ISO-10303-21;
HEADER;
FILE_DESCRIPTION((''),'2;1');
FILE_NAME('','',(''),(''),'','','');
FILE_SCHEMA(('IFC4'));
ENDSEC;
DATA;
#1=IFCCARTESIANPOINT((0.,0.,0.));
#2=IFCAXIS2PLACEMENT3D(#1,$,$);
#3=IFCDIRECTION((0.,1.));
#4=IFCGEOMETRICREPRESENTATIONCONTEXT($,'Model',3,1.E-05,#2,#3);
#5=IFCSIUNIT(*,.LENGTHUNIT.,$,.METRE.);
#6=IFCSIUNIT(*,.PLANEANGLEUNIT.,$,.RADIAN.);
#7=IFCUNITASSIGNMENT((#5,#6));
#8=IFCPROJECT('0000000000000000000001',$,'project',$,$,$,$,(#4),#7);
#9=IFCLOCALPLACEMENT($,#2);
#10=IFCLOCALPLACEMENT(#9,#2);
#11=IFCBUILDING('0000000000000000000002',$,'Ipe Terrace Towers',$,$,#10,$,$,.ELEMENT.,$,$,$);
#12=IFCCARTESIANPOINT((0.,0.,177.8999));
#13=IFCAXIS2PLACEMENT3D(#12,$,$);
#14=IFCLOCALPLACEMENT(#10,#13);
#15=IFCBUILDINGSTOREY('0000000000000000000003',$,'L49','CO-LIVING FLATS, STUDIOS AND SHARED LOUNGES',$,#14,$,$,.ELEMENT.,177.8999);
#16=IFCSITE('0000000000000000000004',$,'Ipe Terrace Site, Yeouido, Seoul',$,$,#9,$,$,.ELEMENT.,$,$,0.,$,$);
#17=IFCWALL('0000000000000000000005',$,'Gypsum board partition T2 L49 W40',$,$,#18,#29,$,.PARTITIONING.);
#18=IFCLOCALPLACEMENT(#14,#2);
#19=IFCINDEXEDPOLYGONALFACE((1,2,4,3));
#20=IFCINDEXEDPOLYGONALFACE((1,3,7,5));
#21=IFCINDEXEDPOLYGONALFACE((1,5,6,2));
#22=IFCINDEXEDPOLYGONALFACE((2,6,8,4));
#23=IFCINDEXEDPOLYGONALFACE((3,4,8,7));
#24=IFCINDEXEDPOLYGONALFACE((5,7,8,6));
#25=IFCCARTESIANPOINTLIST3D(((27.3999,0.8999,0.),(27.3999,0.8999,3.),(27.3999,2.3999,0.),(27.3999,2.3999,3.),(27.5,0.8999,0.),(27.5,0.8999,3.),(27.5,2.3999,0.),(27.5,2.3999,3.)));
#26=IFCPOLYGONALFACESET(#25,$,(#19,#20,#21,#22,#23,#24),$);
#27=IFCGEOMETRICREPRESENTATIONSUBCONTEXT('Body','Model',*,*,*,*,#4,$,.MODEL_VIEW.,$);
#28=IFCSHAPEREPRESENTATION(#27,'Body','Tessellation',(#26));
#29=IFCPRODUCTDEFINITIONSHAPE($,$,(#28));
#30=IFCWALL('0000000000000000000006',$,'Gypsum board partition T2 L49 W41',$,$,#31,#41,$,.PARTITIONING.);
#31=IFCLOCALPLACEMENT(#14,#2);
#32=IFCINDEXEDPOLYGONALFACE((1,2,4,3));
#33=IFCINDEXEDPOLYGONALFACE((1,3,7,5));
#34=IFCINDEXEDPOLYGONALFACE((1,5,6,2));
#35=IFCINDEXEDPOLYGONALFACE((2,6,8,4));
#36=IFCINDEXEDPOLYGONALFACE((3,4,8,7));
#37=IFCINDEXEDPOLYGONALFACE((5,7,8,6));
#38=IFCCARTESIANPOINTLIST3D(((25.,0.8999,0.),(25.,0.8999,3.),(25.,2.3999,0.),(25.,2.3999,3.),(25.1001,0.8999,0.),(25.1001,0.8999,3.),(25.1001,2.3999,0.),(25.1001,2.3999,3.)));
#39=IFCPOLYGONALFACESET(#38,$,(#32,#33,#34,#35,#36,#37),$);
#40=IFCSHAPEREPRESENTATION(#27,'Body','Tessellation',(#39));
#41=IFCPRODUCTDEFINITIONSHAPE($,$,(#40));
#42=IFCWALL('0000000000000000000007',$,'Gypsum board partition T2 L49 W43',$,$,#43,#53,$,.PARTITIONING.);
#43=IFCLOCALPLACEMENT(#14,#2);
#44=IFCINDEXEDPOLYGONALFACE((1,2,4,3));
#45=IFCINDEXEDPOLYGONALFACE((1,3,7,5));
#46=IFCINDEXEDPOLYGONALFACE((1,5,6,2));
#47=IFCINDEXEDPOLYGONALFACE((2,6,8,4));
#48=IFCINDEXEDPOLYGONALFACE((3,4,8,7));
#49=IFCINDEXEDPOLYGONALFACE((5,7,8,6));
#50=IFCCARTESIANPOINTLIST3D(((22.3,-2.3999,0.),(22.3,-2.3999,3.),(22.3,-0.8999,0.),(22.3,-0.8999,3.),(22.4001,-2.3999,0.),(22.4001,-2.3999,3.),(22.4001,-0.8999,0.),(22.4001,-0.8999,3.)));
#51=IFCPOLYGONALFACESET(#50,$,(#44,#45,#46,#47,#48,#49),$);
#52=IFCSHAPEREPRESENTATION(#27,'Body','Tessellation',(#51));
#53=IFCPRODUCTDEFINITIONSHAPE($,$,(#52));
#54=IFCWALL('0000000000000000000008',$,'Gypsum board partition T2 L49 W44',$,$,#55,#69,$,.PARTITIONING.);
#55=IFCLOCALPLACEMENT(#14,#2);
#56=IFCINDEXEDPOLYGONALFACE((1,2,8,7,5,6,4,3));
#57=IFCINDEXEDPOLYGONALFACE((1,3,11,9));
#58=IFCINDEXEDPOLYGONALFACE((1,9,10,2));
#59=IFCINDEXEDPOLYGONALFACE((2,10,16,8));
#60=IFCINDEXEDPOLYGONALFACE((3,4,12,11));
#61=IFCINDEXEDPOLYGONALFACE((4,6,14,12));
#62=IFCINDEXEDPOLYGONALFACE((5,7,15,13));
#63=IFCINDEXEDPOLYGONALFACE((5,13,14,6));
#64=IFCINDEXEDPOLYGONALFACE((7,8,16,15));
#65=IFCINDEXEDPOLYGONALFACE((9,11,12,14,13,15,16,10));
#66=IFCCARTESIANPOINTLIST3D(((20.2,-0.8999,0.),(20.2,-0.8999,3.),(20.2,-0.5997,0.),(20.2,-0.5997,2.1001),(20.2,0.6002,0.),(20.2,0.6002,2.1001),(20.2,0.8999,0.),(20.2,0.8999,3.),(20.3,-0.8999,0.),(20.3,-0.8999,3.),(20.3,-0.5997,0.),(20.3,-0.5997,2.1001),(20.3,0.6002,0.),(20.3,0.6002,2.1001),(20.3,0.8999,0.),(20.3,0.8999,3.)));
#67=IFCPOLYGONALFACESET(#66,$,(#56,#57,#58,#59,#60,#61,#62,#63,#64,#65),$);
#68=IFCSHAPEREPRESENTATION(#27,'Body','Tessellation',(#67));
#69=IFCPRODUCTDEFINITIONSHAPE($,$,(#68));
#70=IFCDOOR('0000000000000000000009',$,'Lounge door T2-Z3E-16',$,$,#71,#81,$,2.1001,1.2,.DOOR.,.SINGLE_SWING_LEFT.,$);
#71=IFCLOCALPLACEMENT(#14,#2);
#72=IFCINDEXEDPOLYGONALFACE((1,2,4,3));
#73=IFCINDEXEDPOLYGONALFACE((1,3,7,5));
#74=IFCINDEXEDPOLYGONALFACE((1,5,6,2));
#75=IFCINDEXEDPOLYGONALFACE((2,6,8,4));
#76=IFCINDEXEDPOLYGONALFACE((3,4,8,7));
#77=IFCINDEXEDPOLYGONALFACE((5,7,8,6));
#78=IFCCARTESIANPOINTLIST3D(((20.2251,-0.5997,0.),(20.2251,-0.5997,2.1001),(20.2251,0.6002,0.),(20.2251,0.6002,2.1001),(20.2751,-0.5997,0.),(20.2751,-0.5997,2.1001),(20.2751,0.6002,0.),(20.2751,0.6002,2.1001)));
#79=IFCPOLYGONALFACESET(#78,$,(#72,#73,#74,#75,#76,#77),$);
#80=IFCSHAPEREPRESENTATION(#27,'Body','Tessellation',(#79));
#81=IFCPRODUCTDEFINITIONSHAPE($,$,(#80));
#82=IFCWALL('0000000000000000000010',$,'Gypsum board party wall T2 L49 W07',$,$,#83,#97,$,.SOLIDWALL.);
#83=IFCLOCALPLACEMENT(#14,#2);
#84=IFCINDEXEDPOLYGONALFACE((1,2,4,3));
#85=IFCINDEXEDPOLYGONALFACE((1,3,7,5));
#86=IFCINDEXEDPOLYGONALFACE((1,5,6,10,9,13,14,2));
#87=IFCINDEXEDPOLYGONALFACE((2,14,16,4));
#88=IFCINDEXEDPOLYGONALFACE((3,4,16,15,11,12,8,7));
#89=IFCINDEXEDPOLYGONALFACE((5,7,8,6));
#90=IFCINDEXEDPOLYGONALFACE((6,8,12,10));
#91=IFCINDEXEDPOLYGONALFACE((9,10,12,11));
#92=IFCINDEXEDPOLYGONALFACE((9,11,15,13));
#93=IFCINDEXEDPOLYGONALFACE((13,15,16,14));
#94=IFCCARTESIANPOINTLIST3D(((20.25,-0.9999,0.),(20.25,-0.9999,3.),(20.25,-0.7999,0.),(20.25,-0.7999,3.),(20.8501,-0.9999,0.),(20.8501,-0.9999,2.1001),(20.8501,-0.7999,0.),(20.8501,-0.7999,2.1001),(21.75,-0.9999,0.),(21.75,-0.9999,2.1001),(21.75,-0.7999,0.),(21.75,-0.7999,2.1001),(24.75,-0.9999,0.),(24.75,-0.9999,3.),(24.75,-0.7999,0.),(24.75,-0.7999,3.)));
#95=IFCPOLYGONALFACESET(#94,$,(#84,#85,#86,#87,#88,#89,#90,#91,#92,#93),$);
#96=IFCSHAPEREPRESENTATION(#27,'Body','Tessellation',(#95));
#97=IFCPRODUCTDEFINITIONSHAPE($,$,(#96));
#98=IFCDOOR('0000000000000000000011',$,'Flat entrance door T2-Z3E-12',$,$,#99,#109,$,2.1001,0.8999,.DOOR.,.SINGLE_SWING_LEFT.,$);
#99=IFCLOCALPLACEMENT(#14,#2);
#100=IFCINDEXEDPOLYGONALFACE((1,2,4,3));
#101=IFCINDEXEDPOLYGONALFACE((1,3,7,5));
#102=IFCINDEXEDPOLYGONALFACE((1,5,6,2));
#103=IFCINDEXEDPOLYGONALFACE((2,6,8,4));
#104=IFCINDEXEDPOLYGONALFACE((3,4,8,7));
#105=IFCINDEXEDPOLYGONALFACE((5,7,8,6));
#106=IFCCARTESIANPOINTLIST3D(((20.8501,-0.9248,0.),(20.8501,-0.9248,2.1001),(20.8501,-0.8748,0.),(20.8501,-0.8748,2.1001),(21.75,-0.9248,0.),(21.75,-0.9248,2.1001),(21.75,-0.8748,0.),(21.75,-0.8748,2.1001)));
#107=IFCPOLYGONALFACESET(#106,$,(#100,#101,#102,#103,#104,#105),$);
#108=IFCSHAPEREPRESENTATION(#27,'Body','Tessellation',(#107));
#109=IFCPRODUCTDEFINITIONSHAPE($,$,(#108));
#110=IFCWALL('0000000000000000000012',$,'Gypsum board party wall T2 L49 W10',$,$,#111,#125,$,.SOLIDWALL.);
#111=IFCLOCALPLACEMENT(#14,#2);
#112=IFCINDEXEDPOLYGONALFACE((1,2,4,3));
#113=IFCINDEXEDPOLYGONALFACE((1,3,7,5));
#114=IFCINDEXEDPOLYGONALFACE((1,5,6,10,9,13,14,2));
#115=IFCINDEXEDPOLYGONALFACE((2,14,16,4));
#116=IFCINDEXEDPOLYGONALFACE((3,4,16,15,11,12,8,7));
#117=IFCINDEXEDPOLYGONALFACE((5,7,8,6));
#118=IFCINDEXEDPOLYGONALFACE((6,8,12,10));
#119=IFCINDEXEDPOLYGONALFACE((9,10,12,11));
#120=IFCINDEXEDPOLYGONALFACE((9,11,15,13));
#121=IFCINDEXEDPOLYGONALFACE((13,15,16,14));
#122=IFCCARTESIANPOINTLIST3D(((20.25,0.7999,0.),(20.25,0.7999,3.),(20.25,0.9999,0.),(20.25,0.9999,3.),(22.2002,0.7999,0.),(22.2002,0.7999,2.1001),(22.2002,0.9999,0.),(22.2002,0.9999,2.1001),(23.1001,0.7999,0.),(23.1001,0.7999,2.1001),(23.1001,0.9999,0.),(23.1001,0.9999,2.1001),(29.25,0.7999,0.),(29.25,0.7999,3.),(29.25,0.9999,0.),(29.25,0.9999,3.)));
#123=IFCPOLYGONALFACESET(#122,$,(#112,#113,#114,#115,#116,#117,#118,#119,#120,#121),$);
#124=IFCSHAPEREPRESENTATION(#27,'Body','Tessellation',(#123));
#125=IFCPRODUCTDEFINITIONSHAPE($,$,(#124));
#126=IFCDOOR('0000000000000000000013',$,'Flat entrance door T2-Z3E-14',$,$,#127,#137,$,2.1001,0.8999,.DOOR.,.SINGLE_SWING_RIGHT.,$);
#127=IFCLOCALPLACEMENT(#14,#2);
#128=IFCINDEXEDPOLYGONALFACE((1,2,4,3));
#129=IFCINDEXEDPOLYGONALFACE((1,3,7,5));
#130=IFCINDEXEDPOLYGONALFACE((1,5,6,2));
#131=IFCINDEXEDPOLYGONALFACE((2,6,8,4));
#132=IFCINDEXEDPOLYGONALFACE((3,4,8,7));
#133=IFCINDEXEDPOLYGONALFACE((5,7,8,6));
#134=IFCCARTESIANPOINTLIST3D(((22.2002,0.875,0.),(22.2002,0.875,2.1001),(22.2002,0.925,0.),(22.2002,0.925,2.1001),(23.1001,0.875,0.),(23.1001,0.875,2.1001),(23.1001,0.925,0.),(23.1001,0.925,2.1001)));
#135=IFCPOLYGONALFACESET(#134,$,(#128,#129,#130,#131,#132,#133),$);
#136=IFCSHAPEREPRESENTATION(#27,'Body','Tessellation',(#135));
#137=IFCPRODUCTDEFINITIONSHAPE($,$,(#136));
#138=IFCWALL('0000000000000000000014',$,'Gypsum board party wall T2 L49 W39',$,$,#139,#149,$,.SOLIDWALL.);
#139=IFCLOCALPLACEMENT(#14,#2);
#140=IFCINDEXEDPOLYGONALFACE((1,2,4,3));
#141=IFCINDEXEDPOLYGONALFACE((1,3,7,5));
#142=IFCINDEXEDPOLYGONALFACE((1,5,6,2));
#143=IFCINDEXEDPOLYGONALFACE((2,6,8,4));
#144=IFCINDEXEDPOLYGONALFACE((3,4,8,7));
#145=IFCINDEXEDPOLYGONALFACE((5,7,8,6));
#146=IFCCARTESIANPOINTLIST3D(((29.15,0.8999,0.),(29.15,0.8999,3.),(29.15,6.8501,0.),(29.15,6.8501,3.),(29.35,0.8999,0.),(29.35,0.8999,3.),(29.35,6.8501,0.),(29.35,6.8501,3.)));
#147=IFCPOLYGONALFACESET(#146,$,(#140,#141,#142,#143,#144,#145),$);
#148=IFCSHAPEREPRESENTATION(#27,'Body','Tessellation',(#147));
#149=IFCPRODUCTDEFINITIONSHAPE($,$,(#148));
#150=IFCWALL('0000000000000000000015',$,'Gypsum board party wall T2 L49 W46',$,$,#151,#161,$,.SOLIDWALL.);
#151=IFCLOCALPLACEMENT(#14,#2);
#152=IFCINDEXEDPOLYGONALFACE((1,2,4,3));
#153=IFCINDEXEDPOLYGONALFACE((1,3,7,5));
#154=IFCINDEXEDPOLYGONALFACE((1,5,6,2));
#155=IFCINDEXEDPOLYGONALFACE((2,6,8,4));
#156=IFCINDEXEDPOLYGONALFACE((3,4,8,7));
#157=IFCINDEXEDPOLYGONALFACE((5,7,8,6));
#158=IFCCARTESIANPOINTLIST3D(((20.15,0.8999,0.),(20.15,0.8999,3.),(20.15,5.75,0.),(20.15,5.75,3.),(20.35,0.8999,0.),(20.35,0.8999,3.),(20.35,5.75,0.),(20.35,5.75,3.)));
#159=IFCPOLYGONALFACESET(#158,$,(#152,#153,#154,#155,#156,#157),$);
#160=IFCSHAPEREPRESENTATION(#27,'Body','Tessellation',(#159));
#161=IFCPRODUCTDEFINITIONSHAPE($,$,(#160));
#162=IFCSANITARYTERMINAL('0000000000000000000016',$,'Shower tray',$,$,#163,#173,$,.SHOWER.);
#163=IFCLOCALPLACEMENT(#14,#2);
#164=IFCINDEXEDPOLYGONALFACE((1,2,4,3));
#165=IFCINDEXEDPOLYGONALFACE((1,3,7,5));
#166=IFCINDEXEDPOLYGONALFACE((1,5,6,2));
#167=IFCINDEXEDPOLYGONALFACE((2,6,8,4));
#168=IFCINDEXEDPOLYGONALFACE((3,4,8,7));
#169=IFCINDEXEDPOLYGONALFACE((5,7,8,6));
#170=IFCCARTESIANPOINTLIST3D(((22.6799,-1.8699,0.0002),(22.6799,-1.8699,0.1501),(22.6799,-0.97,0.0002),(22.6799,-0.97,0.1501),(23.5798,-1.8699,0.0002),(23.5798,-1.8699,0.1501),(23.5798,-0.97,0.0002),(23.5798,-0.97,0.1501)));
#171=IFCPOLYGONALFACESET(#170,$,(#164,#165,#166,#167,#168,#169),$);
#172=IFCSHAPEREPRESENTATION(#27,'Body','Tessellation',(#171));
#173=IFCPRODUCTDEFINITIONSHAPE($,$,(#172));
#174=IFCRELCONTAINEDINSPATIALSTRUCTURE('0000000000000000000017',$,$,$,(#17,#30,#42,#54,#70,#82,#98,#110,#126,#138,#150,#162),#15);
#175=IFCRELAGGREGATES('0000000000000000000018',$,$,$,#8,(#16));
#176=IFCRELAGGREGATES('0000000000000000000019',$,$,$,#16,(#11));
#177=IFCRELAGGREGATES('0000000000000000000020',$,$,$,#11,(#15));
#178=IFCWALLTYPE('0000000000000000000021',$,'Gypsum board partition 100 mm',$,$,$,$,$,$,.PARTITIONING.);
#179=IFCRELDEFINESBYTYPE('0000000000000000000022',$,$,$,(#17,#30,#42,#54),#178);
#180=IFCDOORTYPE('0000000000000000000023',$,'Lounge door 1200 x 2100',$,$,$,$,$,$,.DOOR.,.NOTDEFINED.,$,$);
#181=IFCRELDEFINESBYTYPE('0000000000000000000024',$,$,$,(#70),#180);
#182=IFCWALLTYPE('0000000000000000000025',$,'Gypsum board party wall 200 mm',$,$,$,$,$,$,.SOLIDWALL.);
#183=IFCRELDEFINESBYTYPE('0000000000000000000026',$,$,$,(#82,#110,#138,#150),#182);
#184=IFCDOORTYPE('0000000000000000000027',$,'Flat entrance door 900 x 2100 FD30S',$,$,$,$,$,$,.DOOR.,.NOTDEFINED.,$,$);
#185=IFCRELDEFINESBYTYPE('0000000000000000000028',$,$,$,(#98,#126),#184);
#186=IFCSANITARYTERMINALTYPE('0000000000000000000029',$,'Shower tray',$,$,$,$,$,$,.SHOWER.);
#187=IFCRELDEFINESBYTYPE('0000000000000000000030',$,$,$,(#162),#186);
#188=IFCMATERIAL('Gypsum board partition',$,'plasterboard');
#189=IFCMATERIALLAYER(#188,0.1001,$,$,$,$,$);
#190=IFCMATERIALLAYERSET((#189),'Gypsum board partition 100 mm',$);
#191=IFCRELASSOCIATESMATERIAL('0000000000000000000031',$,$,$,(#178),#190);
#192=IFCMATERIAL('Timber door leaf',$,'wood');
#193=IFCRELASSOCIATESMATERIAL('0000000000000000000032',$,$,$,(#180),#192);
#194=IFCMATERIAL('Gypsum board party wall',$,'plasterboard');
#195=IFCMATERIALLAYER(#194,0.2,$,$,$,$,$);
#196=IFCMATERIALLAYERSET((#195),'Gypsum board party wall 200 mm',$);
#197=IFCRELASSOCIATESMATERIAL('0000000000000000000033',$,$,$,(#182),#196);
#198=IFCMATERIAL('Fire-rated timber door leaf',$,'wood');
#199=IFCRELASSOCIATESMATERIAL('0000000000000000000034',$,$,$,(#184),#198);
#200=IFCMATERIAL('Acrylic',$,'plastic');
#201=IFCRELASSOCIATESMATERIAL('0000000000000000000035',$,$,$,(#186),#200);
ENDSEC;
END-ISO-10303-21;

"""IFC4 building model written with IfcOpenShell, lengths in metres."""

from ifc_helpers import new_model, si_unit, direction, frame, frame_2d, origin, origin_2d, place, context, subcontext, project, spatial, rectangle, extrude, material, layer, layer_set, type_object, element, fill, save


model = new_model("IFC4")

# Units and contexts
model_context = context("Model", 3, precision=1e-05, world=origin(), true_north=direction((0.0, 1.0)))
body_context = subcontext(model_context, "Body", "Model", "MODEL_VIEW")
ifc_project = project(units=[si_unit("LENGTHUNIT", "METRE"), si_unit("PLANEANGLEUNIT", "RADIAN")], contexts=[model_context])

# Site, building, storey
site_placement = place(None, origin())
site = spatial("IfcSite", under=ifc_project, at=site_placement, Name="Ipe Terrace Site, Yeouido, Seoul", CompositionType="ELEMENT", RefElevation=0.0)
building_placement = place(site_placement, origin())
building = spatial("IfcBuilding", under=site, at=building_placement, Name="Ipe Terrace Towers", CompositionType="ELEMENT")
storey_placement = place(building_placement, frame((0.0, 0.0, 177.8999)))
storey = spatial("IfcBuildingStorey", under=building, at=storey_placement, Name="L49", Description="CO-LIVING FLATS, STUDIOS AND SHARED LOUNGES", CompositionType="ELEMENT", Elevation=177.8999)

# Shared definitions
ifc_material_1 = material(Name="Gypsum board partition", Category="plasterboard")
ifc_layer_1 = layer(ifc_material_1, 0.1001)
ifc_layer_set_1 = layer_set([ifc_layer_1], Name="Gypsum board partition 100 mm")
wall_type_1 = type_object("IfcWallType", Name="Gypsum board partition 100 mm", PredefinedType="PARTITIONING", material=ifc_layer_set_1)

# Walls
for number, where, z_axis, x_axis, name in (
    (1, (27.45, 0.8999, 0.0), (0.0, 0.0, 1.0), (0.0, 1.0, 0.0), "Gypsum board partition T2 L49 W40"),
    (2, (25.05, 0.8999, 0.0), (0.0, 0.0, 1.0), (0.0, 1.0, 0.0), "Gypsum board partition T2 L49 W41"),
    (3, (22.3501, -2.3999, 0.0), (0.0, 0.0, 1.0), (0.0, 1.0, 0.0), "Gypsum board partition T2 L49 W43"),
):
    element("IfcWall", number, at=place(storey_placement, frame(where, z_axis=z_axis, x_axis=x_axis)), inside=storey, type_object=wall_type_1, Name=name, PredefinedType="PARTITIONING", context=body_context, shape_type="SweptSolid", body=[
        extrude(rectangle(XDim=1.5, YDim=0.1001, at=frame_2d((0.75, 0.0))), origin(), (0.0, 0.0, 1.0), 3.0),
    ])

# Walls, openings, doors
wall_1_placement = place(storey_placement, frame((20.25, -0.8999, 0.0), z_axis=(0.0, 0.0, 1.0), x_axis=(0.0, 1.0, 0.0)))
wall_1 = element("IfcWall", 4, at=wall_1_placement, inside=storey, type_object=wall_type_1, Name="Gypsum board partition T2 L49 W44", PredefinedType="PARTITIONING", context=body_context, shape_type="SweptSolid", body=[
    extrude(rectangle(XDim=1.7998, YDim=0.1001, at=frame_2d((0.8999, 0.0))), origin(), (0.0, 0.0, 1.0), 3.0),
])
opening_1_placement = place(wall_1_placement, frame((0.3, 0.0, 0.0)))
opening_1 = element("IfcOpeningElement", 5, at=opening_1_placement, cuts=wall_1, PredefinedType="OPENING", context=body_context, shape_type="SweptSolid", body=[
    extrude(rectangle(XDim=1.2, YDim=2.1001, at=frame_2d((0.6001, 1.05))), frame((0.0, 0.0601, 0.0), z_axis=(0.0, -1.0, 0.0), x_axis=(1.0, 0.0, 0.0)), (0.0, 0.0, 1.0), 0.1201),
])
ifc_material_2 = material(Name="Timber door leaf", Category="wood")
door_type_1 = type_object("IfcDoorType", Name="Lounge door 1200 x 2100", OperationType="NOTDEFINED", PredefinedType="DOOR", material=ifc_material_2)
door_1_placement = place(opening_1_placement, origin())
door_1 = element("IfcDoor", 6, at=door_1_placement, inside=storey, type_object=door_type_1, Name="Lounge door T2-Z3E-16", OperationType="SINGLE_SWING_LEFT", OverallHeight=2.1001, OverallWidth=1.2, PredefinedType="DOOR", context=body_context, shape_type="SweptSolid", body=[
    extrude(rectangle(XDim=1.2, YDim=2.1001, at=frame_2d((0.6001, 1.05))), frame((0.0, 0.0249, 0.0), z_axis=(0.0, -1.0, 0.0), x_axis=(1.0, 0.0, 0.0)), (0.0, 0.0, 1.0), 0.05),
])
fill(opening_1, door_1)
ifc_material_3 = material(Name="Gypsum board party wall", Category="plasterboard")
ifc_layer_2 = layer(ifc_material_3, 0.2)
ifc_layer_set_2 = layer_set([ifc_layer_2], Name="Gypsum board party wall 200 mm")
wall_type_2 = type_object("IfcWallType", Name="Gypsum board party wall 200 mm", PredefinedType="SOLIDWALL", material=ifc_layer_set_2)
wall_2_placement = place(storey_placement, frame((24.75, -0.8999, 0.0), z_axis=(0.0, 0.0, 1.0), x_axis=(-1.0, 0.0, 0.0)))
wall_2 = element("IfcWall", 7, at=wall_2_placement, inside=storey, type_object=wall_type_2, Name="Gypsum board party wall T2 L49 W07", PredefinedType="SOLIDWALL", context=body_context, shape_type="SweptSolid", body=[
    extrude(rectangle(XDim=4.5, YDim=0.2, at=frame_2d((2.25, 0.0))), origin(), (0.0, 0.0, 1.0), 3.0),
])
opening_2_placement = place(wall_2_placement, frame((3.0, 0.0, 0.0)))
opening_2 = element("IfcOpeningElement", 8, at=opening_2_placement, cuts=wall_2, PredefinedType="OPENING", context=body_context, shape_type="SweptSolid", body=[
    extrude(rectangle(XDim=0.8999, YDim=2.1001, at=frame_2d((0.45, 1.05))), frame((0.0, 0.1099, 0.0), z_axis=(0.0, -1.0, 0.0), x_axis=(1.0, 0.0, 0.0)), (0.0, 0.0, 1.0), 0.22),
])
ifc_material_4 = material(Name="Fire-rated timber door leaf", Category="wood")
door_type_2 = type_object("IfcDoorType", Name="Flat entrance door 900 x 2100 FD30S", OperationType="NOTDEFINED", PredefinedType="DOOR", material=ifc_material_4)
door_2_placement = place(opening_2_placement, origin())
door_2 = element("IfcDoor", 9, at=door_2_placement, inside=storey, type_object=door_type_2, Name="Flat entrance door T2-Z3E-12", OperationType="SINGLE_SWING_LEFT", OverallHeight=2.1001, OverallWidth=0.8999, PredefinedType="DOOR", context=body_context, shape_type="SweptSolid", body=[
    extrude(rectangle(XDim=0.8999, YDim=2.1001, at=frame_2d((0.45, 1.05))), frame((0.0, 0.0249, 0.0), z_axis=(0.0, -1.0, 0.0), x_axis=(1.0, 0.0, 0.0)), (0.0, 0.0, 1.0), 0.05),
])
fill(opening_2, door_2)
wall_3_placement = place(storey_placement, frame((29.25, 0.8999, 0.0), z_axis=(0.0, 0.0, 1.0), x_axis=(-1.0, 0.0, 0.0)))
wall_3 = element("IfcWall", 10, at=wall_3_placement, inside=storey, type_object=wall_type_2, Name="Gypsum board party wall T2 L49 W10", PredefinedType="SOLIDWALL", context=body_context, shape_type="SweptSolid", body=[
    extrude(rectangle(XDim=9.0, YDim=0.2, at=frame_2d((4.5, 0.0))), origin(), (0.0, 0.0, 1.0), 3.0),
])
opening_3_placement = place(wall_3_placement, frame((6.1499, 0.0, 0.0)))
opening_3 = element("IfcOpeningElement", 11, at=opening_3_placement, cuts=wall_3, PredefinedType="OPENING", context=body_context, shape_type="SweptSolid", body=[
    extrude(rectangle(XDim=0.8999, YDim=2.1001, at=frame_2d((0.45, 1.05))), frame((0.0, 0.1099, 0.0), z_axis=(0.0, -1.0, 0.0), x_axis=(1.0, 0.0, 0.0)), (0.0, 0.0, 1.0), 0.22),
])
door_3_placement = place(opening_3_placement, origin())
door_3 = element("IfcDoor", 12, at=door_3_placement, inside=storey, type_object=door_type_2, Name="Flat entrance door T2-Z3E-14", OperationType="SINGLE_SWING_RIGHT", OverallHeight=2.1001, OverallWidth=0.8999, PredefinedType="DOOR", context=body_context, shape_type="SweptSolid", body=[
    extrude(rectangle(XDim=0.8999, YDim=2.1001, at=frame_2d((0.45, 1.05))), frame((0.0, 0.0249, 0.0), z_axis=(0.0, -1.0, 0.0), x_axis=(1.0, 0.0, 0.0)), (0.0, 0.0, 1.0), 0.05),
])
fill(opening_3, door_3)

# Walls
wall_4_placement = place(storey_placement, frame((29.25, 0.8999, 0.0), z_axis=(0.0, 0.0, 1.0), x_axis=(0.0, 1.0, 0.0)))
element("IfcWall", 13, at=wall_4_placement, inside=storey, type_object=wall_type_2, Name="Gypsum board party wall T2 L49 W39", PredefinedType="SOLIDWALL", context=body_context, shape_type="SweptSolid", body=[
    extrude(rectangle(XDim=5.9502, YDim=0.2, at=frame_2d((2.9751, 0.0))), origin(), (0.0, 0.0, 1.0), 3.0),
])
wall_5_placement = place(storey_placement, frame((20.25, 0.8999, 0.0), z_axis=(0.0, 0.0, 1.0), x_axis=(0.0, 1.0, 0.0)))
element("IfcWall", 14, at=wall_5_placement, inside=storey, type_object=wall_type_2, Name="Gypsum board party wall T2 L49 W46", PredefinedType="SOLIDWALL", context=body_context, shape_type="SweptSolid", body=[
    extrude(rectangle(XDim=4.8501, YDim=0.2, at=frame_2d((2.425, 0.0))), origin(), (0.0, 0.0, 1.0), 3.0),
])

# Sanitary terminal
ifc_material_5 = material(Name="Acrylic", Category="plastic")
sanitary_terminal_type_1 = type_object("IfcSanitaryTerminalType", Name="Shower tray", PredefinedType="SHOWER", material=ifc_material_5)
sanitary_terminal_1_placement = place(storey_placement, frame((23.1299, -1.4199, 0.0002), z_axis=(0.0, 0.0, 1.0), x_axis=(0.0, -1.0, 0.0)))
element("IfcSanitaryTerminal", 15, at=sanitary_terminal_1_placement, inside=storey, type_object=sanitary_terminal_type_1, Name="Shower tray", PredefinedType="SHOWER", context=body_context, shape_type="SweptSolid", body=[
    extrude(rectangle(XDim=0.8999, YDim=0.8999, at=origin_2d()), origin(), (0.0, 0.0, 1.0), 0.1499),
])

save(model, "model.ifc")
